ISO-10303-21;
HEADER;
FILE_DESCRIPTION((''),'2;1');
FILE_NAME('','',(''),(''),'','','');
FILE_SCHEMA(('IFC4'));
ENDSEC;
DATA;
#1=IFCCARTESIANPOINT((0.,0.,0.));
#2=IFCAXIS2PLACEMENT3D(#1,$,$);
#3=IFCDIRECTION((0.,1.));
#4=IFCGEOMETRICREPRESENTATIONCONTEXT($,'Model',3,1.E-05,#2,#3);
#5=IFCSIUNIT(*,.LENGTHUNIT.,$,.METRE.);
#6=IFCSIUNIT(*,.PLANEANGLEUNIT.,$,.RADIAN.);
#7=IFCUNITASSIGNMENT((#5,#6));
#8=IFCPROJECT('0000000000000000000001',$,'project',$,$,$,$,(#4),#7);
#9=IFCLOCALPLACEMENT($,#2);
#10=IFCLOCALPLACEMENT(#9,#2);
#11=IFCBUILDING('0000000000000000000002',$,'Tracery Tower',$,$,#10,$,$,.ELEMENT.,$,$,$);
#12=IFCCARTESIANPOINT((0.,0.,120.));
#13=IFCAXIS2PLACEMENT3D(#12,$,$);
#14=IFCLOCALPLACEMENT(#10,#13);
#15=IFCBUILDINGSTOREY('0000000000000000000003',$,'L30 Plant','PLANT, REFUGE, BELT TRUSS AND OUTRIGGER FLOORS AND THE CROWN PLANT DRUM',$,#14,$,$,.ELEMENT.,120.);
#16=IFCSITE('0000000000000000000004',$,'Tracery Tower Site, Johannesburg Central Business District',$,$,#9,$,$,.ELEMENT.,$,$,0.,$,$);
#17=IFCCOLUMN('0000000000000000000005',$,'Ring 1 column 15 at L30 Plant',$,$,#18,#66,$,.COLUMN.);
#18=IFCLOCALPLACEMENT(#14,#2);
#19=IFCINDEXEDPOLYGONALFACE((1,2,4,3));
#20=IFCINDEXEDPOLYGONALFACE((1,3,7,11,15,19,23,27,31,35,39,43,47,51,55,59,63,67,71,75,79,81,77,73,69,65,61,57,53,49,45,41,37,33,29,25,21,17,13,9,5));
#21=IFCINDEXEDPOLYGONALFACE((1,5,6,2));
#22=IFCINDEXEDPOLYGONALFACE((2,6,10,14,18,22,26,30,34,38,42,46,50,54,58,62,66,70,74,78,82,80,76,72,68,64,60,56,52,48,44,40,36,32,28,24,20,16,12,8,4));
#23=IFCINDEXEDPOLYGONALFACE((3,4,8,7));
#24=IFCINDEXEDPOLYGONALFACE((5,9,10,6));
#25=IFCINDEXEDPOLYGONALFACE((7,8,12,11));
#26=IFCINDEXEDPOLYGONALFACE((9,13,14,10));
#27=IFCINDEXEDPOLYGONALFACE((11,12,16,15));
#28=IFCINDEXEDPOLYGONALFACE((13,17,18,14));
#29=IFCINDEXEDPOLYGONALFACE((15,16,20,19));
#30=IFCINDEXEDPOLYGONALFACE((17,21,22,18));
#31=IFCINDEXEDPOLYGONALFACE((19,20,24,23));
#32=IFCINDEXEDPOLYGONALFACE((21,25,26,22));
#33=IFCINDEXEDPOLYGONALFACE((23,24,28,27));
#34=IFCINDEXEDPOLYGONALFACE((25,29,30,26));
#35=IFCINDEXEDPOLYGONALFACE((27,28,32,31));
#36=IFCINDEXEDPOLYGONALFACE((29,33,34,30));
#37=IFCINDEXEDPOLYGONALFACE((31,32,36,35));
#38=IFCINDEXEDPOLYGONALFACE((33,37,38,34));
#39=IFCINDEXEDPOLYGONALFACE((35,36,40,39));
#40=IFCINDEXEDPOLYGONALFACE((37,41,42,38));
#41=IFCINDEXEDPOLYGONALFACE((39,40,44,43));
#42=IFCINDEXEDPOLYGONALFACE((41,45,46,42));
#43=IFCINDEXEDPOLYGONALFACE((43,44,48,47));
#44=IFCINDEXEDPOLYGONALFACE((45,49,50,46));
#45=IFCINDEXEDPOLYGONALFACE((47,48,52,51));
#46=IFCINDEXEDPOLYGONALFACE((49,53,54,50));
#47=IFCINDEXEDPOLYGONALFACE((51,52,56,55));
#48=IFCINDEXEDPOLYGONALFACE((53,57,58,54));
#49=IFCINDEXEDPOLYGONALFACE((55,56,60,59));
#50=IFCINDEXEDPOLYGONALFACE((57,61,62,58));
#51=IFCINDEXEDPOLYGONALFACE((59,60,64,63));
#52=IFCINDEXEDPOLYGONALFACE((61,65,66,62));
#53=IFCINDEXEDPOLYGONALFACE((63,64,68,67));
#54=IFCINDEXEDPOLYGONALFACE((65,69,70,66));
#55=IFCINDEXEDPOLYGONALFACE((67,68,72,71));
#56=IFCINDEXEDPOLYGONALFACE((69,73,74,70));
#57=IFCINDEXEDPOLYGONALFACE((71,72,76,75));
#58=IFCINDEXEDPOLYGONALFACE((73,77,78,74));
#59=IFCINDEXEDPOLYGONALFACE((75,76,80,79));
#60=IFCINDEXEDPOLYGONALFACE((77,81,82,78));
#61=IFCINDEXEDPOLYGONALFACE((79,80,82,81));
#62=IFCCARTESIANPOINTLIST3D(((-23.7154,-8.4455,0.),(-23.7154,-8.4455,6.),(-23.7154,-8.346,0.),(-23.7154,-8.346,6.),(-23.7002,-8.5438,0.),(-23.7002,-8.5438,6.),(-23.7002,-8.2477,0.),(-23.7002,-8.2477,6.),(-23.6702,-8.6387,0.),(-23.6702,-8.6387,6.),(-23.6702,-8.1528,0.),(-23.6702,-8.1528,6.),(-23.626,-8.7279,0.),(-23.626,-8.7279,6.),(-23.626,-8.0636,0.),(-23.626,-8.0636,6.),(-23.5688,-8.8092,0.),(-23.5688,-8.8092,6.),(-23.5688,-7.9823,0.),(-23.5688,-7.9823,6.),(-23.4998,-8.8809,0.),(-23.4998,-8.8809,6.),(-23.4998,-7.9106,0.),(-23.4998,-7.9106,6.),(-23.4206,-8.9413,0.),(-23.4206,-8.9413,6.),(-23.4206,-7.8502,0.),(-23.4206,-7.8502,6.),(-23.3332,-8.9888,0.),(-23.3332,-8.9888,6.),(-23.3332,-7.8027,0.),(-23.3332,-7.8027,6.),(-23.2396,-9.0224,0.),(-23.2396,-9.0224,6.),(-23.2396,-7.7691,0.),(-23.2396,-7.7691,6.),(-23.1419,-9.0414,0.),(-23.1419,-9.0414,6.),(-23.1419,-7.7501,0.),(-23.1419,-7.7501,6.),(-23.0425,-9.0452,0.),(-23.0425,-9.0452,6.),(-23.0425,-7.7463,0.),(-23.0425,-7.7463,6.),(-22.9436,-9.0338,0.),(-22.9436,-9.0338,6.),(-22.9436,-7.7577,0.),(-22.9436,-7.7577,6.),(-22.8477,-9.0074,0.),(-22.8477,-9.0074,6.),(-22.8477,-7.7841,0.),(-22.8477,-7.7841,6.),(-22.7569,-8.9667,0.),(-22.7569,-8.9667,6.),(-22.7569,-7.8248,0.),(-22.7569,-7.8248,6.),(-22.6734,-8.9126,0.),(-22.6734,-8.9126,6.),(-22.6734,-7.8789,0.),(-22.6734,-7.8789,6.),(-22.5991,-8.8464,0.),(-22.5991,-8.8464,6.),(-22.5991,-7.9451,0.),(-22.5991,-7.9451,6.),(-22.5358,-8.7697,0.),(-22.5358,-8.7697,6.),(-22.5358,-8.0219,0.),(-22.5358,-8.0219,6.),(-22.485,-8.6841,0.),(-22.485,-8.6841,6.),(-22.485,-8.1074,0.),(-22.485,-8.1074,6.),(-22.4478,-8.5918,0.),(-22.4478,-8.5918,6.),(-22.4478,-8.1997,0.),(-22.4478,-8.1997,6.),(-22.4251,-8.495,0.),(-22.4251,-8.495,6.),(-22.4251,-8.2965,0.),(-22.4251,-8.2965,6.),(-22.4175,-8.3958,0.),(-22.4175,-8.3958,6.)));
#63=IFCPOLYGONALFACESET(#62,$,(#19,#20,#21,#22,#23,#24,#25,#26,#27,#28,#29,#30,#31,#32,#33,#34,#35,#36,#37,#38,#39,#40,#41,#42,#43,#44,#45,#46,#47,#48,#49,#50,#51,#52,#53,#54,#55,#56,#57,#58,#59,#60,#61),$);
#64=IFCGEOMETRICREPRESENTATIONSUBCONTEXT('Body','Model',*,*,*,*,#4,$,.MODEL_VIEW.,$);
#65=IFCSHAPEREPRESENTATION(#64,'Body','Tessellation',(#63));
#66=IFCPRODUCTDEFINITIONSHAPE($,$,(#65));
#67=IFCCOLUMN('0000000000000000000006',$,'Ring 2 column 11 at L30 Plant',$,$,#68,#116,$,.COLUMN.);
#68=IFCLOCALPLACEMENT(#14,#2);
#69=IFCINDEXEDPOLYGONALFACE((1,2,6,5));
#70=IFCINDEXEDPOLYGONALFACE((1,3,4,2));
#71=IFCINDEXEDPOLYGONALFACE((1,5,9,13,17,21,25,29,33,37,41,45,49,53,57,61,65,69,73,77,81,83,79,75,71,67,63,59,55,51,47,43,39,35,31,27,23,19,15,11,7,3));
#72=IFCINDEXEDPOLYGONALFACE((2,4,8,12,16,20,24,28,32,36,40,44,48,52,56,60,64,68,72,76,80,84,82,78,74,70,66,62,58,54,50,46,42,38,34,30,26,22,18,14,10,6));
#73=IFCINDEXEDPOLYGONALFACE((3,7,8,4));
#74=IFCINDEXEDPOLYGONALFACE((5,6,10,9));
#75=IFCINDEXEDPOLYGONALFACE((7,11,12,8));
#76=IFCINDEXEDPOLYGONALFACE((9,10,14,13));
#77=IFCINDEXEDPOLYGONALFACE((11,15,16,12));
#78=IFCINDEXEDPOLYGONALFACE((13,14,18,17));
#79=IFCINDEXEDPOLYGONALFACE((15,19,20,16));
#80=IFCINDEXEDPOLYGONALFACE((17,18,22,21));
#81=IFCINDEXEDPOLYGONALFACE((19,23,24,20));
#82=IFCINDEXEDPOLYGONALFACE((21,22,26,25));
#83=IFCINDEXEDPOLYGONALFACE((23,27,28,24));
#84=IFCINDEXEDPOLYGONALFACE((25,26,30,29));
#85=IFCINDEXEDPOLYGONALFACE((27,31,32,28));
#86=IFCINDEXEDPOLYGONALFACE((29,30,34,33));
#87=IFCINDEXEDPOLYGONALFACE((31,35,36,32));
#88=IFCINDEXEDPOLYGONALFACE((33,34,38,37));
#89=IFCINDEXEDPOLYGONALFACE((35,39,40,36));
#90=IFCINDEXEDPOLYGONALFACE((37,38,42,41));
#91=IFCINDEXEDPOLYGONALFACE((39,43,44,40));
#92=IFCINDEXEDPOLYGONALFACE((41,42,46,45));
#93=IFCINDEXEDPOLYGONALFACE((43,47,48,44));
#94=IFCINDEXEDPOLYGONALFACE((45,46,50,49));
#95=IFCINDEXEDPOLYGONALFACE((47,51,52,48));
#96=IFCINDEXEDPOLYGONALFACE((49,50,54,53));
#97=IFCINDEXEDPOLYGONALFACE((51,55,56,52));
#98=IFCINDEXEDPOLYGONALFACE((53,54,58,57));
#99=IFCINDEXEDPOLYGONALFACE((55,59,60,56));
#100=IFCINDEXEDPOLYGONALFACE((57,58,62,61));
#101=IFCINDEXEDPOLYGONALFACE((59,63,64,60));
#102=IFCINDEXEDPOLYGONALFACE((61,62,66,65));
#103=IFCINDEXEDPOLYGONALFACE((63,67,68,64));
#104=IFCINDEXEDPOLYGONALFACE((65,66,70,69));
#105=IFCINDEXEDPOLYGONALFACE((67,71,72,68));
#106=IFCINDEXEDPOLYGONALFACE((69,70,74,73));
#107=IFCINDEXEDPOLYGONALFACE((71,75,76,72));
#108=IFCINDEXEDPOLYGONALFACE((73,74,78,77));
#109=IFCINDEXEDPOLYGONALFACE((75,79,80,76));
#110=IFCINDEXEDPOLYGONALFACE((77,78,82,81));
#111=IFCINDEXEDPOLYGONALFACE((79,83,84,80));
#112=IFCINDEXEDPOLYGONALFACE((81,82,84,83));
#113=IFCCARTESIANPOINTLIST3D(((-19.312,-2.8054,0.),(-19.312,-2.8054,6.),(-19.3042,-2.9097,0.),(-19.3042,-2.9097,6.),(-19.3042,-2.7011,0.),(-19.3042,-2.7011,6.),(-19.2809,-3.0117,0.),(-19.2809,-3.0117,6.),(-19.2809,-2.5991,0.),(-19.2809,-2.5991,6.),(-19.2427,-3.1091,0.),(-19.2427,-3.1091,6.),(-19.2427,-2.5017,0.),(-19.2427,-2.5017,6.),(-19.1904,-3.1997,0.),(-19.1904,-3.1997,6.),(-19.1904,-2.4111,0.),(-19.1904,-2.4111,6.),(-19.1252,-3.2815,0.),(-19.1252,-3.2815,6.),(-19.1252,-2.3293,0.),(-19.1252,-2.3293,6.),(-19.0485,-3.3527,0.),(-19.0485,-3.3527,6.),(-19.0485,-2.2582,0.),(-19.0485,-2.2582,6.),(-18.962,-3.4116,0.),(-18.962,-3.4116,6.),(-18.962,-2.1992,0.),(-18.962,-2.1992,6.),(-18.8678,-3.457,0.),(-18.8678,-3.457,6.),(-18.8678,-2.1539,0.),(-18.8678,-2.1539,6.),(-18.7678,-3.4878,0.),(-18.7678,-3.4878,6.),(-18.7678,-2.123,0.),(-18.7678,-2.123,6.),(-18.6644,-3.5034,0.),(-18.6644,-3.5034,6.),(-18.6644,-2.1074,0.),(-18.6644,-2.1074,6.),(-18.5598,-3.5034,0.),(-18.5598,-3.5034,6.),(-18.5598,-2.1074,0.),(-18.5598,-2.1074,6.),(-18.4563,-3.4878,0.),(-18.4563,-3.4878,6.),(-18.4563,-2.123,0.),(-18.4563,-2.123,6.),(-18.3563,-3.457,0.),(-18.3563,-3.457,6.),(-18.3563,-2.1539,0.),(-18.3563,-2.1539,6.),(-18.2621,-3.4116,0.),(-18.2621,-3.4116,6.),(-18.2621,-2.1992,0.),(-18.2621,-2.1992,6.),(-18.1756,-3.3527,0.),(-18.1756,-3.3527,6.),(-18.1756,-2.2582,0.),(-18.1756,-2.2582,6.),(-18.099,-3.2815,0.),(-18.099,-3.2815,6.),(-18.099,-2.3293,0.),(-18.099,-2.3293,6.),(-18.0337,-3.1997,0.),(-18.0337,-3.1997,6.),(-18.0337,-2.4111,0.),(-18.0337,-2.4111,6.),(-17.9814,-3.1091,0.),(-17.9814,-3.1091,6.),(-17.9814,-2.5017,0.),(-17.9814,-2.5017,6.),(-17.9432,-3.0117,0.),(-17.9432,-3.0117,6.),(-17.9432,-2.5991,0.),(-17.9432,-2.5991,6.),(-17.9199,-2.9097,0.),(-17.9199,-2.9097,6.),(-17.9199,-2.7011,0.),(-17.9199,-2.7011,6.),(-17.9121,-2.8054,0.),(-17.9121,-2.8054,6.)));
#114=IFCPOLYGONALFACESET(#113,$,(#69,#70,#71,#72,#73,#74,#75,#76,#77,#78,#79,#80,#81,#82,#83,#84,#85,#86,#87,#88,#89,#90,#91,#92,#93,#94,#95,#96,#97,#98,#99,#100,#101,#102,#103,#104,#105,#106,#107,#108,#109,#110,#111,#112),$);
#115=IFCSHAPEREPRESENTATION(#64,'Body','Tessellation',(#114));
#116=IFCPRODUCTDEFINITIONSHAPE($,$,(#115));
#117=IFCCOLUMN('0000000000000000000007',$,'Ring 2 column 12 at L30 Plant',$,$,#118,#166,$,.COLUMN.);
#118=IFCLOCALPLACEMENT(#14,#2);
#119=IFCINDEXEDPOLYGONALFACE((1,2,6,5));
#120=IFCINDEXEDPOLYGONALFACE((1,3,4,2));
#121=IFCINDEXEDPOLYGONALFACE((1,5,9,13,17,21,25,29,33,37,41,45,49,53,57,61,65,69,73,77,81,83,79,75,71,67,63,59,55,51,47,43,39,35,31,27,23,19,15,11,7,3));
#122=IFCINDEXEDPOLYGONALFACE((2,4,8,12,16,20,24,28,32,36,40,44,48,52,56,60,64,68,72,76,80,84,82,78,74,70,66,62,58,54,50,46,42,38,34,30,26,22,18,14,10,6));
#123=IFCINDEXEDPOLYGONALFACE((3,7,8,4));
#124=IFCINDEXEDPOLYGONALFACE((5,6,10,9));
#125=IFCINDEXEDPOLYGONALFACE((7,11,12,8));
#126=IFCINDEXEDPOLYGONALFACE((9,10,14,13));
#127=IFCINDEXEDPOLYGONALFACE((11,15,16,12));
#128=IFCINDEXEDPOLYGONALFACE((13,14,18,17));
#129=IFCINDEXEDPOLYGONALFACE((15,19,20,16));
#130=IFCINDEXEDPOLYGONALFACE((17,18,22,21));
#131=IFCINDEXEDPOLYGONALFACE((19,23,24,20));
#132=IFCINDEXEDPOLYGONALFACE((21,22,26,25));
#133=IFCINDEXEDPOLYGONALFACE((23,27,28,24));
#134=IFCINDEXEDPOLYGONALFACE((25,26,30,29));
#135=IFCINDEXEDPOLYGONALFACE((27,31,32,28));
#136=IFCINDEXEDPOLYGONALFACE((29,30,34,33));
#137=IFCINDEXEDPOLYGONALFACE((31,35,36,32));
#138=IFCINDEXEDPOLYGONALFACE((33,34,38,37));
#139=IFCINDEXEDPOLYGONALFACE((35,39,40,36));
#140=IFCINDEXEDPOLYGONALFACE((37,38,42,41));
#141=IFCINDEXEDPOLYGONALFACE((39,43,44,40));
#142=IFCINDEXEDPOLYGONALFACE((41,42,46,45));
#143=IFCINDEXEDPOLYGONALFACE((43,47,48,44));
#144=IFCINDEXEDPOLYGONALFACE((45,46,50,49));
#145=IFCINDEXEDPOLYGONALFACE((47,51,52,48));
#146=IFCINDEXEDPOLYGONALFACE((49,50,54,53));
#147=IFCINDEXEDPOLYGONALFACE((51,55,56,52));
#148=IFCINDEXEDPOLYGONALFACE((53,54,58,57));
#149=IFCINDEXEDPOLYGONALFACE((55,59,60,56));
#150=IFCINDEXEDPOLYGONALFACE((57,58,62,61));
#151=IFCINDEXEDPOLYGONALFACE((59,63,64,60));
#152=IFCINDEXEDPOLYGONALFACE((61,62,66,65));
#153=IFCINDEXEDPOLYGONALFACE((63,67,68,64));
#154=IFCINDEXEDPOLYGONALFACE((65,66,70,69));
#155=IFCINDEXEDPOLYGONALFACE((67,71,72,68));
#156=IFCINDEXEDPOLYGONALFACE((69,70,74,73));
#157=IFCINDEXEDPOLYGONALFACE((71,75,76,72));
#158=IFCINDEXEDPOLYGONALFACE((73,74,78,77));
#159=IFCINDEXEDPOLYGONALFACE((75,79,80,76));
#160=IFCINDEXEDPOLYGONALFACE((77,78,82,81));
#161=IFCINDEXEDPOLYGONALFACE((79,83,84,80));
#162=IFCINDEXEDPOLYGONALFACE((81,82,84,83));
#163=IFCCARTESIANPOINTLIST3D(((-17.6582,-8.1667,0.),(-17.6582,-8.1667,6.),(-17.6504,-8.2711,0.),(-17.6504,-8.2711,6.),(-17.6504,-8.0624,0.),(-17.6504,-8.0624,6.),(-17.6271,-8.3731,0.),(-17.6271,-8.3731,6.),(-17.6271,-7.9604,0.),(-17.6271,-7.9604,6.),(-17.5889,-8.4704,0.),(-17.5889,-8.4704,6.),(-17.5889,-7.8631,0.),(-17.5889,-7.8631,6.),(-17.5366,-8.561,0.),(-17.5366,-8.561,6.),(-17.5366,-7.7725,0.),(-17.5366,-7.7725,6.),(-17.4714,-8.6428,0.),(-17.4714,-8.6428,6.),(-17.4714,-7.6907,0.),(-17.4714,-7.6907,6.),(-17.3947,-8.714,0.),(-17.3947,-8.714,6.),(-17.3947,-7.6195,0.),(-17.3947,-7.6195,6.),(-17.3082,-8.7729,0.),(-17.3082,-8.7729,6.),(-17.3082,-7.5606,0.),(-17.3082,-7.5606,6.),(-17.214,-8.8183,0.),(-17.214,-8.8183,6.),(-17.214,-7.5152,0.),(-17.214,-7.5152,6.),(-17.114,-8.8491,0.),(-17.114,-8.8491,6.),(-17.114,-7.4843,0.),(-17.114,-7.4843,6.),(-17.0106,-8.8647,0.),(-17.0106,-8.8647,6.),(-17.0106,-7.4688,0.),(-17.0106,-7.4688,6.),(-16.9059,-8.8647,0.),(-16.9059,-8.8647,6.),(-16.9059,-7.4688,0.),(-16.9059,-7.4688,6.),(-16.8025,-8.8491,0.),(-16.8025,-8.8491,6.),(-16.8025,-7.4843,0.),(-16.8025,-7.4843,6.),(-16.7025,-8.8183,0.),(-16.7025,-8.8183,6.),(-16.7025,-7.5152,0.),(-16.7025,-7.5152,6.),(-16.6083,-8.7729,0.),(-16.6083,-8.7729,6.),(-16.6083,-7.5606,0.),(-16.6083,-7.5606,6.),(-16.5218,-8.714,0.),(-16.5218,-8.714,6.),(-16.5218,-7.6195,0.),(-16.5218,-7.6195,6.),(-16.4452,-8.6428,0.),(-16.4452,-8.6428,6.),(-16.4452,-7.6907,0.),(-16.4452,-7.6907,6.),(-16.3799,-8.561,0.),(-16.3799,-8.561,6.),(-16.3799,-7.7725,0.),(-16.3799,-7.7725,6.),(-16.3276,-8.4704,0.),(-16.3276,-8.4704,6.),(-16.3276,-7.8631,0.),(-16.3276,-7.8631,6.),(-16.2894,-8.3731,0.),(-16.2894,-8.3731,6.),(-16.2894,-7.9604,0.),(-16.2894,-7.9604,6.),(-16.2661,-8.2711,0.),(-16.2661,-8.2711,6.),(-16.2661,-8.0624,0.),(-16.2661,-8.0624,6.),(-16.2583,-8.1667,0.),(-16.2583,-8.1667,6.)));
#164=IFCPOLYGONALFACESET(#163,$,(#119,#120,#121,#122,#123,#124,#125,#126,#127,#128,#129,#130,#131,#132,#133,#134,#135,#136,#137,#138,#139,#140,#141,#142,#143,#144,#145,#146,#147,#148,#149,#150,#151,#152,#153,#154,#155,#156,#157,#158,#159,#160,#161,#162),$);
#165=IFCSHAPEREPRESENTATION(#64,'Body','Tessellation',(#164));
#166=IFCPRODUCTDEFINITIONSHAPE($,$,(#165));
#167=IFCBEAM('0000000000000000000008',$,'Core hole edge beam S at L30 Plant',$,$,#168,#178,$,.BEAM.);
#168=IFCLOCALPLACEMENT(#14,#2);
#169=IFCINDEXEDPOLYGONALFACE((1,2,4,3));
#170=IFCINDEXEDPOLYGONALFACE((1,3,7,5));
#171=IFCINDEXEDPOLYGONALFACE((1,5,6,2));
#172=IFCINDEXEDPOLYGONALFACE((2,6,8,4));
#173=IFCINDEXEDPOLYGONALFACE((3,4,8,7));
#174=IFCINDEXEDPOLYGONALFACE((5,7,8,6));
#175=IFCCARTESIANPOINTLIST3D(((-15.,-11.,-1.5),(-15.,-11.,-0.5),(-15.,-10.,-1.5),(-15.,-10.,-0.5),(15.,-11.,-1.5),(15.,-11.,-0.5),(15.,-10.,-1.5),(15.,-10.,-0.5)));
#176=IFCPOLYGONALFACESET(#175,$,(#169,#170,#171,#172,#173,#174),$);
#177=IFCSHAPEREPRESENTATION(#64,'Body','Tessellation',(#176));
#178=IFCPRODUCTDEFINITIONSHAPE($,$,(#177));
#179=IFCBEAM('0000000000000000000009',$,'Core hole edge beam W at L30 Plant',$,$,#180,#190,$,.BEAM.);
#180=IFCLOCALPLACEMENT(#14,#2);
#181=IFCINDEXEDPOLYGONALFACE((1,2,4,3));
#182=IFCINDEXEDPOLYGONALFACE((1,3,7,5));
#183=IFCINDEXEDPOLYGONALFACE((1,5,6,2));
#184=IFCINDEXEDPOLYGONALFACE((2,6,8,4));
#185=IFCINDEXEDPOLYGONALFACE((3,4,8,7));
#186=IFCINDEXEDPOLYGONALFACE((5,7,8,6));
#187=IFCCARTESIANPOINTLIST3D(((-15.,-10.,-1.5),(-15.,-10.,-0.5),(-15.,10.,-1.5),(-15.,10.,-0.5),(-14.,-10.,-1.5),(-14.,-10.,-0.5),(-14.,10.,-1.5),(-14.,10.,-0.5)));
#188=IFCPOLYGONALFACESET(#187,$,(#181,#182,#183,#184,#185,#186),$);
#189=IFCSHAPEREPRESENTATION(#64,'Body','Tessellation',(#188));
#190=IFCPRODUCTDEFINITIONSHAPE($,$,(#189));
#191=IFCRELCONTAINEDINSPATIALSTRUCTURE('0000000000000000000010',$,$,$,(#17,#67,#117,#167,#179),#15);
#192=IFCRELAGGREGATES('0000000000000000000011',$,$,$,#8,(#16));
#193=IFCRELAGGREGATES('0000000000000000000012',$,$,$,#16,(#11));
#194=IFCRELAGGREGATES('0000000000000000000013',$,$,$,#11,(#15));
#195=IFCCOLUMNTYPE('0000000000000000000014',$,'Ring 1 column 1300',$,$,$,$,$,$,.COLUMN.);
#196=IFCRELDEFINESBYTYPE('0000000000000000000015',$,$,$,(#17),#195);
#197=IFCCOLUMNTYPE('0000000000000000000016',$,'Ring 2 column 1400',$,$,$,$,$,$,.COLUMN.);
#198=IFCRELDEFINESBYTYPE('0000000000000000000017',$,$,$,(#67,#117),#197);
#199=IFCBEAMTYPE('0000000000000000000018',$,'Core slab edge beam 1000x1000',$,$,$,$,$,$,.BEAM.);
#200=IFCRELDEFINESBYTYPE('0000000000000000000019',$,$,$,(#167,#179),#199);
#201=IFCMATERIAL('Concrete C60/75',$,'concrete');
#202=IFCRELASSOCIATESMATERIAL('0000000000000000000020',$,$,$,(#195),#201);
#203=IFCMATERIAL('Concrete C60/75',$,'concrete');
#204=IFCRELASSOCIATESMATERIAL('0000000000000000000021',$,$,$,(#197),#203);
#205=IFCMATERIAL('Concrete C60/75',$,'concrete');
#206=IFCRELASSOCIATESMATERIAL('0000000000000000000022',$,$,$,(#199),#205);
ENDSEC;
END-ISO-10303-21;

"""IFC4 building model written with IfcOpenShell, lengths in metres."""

from ifc_helpers import new_model, si_unit, direction, frame, origin, origin_2d, place, context, subcontext, project, spatial, rectangle, circle, extrude, material, material_profile, profile_set, type_object, element, save


model = new_model("IFC4")

# Units and contexts
model_context = context("Model", 3, precision=1e-05, world=origin(), true_north=direction((0.0, 1.0)))
body_context = subcontext(model_context, "Body", "Model", "MODEL_VIEW")
ifc_project = project(units=[si_unit("LENGTHUNIT", "METRE"), si_unit("PLANEANGLEUNIT", "RADIAN")], contexts=[model_context])

# Site, building, storey
site_placement = place(None, origin())
site = spatial("IfcSite", under=ifc_project, at=site_placement, Name="Tracery Tower Site, Johannesburg Central Business District", CompositionType="ELEMENT", RefElevation=0.0)
building_placement = place(site_placement, origin())
building = spatial("IfcBuilding", under=site, at=building_placement, Name="Tracery Tower", CompositionType="ELEMENT")
storey_placement = place(building_placement, frame((0.0, 0.0, 120.0)))
storey = spatial("IfcBuildingStorey", under=building, at=storey_placement, Name="L30 Plant", Description="PLANT, REFUGE, BELT TRUSS AND OUTRIGGER FLOORS AND THE CROWN PLANT DRUM", CompositionType="ELEMENT", Elevation=120.0)

# Columns
ifc_material_1 = material(Name="Concrete C60/75", Category="concrete")
ifc_material_profile_1 = material_profile(ifc_material_1, circle(Radius=0.6499, at=origin_2d()), Name="RC D1300")
ifc_profile_set_1 = profile_set([ifc_material_profile_1], Name="Concrete C60/75")
column_type_1 = type_object("IfcColumnType", Name="Ring 1 column 1300", PredefinedType="COLUMN", material=ifc_profile_set_1)
column_placement = place(storey_placement, frame((-23.0674, -8.3958, 0.0), z_axis=(0.0, 0.0, 1.0), x_axis=(1.0, 0.0, 0.0)))
element("IfcColumn", 1, at=column_placement, inside=storey, type_object=column_type_1, Name="Ring 1 column 15 at L30 Plant", PredefinedType="COLUMN", context=body_context, shape_type="SweptSolid", body=[
    extrude(circle(Radius=0.6499, at=origin_2d()), origin(), (0.0, 0.0, 1.0), 6.0),
])
ifc_material_2 = material(Name="Concrete C60/75", Category="concrete")
ifc_material_profile_2 = material_profile(ifc_material_2, circle(Radius=0.7, at=origin_2d()), Name="RC D1400")
ifc_profile_set_2 = profile_set([ifc_material_profile_2], Name="Concrete C60/75")
column_type_2 = type_object("IfcColumnType", Name="Ring 2 column 1400", PredefinedType="COLUMN", material=ifc_profile_set_2)
for number, where, z_axis, x_axis, name in (
    (2, (-18.6121, -2.8054, 0.0), (0.0, 0.0, 1.0), (1.0, 0.0, 0.0), "Ring 2 column 11 at L30 Plant"),
    (3, (-16.9583, -8.1667, 0.0), (0.0, 0.0, 1.0), (1.0, 0.0, 0.0), "Ring 2 column 12 at L30 Plant"),
):
    element("IfcColumn", number, at=place(storey_placement, frame(where, z_axis=z_axis, x_axis=x_axis)), inside=storey, type_object=column_type_2, Name=name, PredefinedType="COLUMN", context=body_context, shape_type="SweptSolid", body=[
        extrude(circle(Radius=0.7, at=origin_2d()), origin(), (0.0, 0.0, 1.0), 6.0),
    ])

# Beams
ifc_material_3 = material(Name="Concrete C60/75", Category="concrete")
ifc_material_profile_3 = material_profile(ifc_material_3, rectangle(XDim=1.0, YDim=1.0, at=origin_2d()), Name="RC 1000x1000")
ifc_profile_set_3 = profile_set([ifc_material_profile_3], Name="Concrete C60/75")
beam_type = type_object("IfcBeamType", Name="Core slab edge beam 1000x1000", PredefinedType="BEAM", material=ifc_profile_set_3)
beam_1_placement = place(storey_placement, frame((-15.0, -10.5, -1.0), z_axis=(1.0, 0.0, 0.0), x_axis=(0.0, 1.0, 0.0)))
element("IfcBeam", 4, at=beam_1_placement, inside=storey, type_object=beam_type, Name="Core hole edge beam S at L30 Plant", PredefinedType="BEAM", context=body_context, shape_type="SweptSolid", body=[
    extrude(rectangle(XDim=1.0, YDim=1.0, at=origin_2d()), origin(), (0.0, 0.0, 1.0), 30.0),
])
beam_2_placement = place(storey_placement, frame((-14.5, -10.0, -1.0), z_axis=(0.0, 1.0, 0.0), x_axis=(-1.0, 0.0, 0.0)))
element("IfcBeam", 5, at=beam_2_placement, inside=storey, type_object=beam_type, Name="Core hole edge beam W at L30 Plant", PredefinedType="BEAM", context=body_context, shape_type="SweptSolid", body=[
    extrude(rectangle(XDim=1.0, YDim=1.0, at=origin_2d()), origin(), (0.0, 0.0, 1.0), 20.0),
])

save(model, "model.ifc")
